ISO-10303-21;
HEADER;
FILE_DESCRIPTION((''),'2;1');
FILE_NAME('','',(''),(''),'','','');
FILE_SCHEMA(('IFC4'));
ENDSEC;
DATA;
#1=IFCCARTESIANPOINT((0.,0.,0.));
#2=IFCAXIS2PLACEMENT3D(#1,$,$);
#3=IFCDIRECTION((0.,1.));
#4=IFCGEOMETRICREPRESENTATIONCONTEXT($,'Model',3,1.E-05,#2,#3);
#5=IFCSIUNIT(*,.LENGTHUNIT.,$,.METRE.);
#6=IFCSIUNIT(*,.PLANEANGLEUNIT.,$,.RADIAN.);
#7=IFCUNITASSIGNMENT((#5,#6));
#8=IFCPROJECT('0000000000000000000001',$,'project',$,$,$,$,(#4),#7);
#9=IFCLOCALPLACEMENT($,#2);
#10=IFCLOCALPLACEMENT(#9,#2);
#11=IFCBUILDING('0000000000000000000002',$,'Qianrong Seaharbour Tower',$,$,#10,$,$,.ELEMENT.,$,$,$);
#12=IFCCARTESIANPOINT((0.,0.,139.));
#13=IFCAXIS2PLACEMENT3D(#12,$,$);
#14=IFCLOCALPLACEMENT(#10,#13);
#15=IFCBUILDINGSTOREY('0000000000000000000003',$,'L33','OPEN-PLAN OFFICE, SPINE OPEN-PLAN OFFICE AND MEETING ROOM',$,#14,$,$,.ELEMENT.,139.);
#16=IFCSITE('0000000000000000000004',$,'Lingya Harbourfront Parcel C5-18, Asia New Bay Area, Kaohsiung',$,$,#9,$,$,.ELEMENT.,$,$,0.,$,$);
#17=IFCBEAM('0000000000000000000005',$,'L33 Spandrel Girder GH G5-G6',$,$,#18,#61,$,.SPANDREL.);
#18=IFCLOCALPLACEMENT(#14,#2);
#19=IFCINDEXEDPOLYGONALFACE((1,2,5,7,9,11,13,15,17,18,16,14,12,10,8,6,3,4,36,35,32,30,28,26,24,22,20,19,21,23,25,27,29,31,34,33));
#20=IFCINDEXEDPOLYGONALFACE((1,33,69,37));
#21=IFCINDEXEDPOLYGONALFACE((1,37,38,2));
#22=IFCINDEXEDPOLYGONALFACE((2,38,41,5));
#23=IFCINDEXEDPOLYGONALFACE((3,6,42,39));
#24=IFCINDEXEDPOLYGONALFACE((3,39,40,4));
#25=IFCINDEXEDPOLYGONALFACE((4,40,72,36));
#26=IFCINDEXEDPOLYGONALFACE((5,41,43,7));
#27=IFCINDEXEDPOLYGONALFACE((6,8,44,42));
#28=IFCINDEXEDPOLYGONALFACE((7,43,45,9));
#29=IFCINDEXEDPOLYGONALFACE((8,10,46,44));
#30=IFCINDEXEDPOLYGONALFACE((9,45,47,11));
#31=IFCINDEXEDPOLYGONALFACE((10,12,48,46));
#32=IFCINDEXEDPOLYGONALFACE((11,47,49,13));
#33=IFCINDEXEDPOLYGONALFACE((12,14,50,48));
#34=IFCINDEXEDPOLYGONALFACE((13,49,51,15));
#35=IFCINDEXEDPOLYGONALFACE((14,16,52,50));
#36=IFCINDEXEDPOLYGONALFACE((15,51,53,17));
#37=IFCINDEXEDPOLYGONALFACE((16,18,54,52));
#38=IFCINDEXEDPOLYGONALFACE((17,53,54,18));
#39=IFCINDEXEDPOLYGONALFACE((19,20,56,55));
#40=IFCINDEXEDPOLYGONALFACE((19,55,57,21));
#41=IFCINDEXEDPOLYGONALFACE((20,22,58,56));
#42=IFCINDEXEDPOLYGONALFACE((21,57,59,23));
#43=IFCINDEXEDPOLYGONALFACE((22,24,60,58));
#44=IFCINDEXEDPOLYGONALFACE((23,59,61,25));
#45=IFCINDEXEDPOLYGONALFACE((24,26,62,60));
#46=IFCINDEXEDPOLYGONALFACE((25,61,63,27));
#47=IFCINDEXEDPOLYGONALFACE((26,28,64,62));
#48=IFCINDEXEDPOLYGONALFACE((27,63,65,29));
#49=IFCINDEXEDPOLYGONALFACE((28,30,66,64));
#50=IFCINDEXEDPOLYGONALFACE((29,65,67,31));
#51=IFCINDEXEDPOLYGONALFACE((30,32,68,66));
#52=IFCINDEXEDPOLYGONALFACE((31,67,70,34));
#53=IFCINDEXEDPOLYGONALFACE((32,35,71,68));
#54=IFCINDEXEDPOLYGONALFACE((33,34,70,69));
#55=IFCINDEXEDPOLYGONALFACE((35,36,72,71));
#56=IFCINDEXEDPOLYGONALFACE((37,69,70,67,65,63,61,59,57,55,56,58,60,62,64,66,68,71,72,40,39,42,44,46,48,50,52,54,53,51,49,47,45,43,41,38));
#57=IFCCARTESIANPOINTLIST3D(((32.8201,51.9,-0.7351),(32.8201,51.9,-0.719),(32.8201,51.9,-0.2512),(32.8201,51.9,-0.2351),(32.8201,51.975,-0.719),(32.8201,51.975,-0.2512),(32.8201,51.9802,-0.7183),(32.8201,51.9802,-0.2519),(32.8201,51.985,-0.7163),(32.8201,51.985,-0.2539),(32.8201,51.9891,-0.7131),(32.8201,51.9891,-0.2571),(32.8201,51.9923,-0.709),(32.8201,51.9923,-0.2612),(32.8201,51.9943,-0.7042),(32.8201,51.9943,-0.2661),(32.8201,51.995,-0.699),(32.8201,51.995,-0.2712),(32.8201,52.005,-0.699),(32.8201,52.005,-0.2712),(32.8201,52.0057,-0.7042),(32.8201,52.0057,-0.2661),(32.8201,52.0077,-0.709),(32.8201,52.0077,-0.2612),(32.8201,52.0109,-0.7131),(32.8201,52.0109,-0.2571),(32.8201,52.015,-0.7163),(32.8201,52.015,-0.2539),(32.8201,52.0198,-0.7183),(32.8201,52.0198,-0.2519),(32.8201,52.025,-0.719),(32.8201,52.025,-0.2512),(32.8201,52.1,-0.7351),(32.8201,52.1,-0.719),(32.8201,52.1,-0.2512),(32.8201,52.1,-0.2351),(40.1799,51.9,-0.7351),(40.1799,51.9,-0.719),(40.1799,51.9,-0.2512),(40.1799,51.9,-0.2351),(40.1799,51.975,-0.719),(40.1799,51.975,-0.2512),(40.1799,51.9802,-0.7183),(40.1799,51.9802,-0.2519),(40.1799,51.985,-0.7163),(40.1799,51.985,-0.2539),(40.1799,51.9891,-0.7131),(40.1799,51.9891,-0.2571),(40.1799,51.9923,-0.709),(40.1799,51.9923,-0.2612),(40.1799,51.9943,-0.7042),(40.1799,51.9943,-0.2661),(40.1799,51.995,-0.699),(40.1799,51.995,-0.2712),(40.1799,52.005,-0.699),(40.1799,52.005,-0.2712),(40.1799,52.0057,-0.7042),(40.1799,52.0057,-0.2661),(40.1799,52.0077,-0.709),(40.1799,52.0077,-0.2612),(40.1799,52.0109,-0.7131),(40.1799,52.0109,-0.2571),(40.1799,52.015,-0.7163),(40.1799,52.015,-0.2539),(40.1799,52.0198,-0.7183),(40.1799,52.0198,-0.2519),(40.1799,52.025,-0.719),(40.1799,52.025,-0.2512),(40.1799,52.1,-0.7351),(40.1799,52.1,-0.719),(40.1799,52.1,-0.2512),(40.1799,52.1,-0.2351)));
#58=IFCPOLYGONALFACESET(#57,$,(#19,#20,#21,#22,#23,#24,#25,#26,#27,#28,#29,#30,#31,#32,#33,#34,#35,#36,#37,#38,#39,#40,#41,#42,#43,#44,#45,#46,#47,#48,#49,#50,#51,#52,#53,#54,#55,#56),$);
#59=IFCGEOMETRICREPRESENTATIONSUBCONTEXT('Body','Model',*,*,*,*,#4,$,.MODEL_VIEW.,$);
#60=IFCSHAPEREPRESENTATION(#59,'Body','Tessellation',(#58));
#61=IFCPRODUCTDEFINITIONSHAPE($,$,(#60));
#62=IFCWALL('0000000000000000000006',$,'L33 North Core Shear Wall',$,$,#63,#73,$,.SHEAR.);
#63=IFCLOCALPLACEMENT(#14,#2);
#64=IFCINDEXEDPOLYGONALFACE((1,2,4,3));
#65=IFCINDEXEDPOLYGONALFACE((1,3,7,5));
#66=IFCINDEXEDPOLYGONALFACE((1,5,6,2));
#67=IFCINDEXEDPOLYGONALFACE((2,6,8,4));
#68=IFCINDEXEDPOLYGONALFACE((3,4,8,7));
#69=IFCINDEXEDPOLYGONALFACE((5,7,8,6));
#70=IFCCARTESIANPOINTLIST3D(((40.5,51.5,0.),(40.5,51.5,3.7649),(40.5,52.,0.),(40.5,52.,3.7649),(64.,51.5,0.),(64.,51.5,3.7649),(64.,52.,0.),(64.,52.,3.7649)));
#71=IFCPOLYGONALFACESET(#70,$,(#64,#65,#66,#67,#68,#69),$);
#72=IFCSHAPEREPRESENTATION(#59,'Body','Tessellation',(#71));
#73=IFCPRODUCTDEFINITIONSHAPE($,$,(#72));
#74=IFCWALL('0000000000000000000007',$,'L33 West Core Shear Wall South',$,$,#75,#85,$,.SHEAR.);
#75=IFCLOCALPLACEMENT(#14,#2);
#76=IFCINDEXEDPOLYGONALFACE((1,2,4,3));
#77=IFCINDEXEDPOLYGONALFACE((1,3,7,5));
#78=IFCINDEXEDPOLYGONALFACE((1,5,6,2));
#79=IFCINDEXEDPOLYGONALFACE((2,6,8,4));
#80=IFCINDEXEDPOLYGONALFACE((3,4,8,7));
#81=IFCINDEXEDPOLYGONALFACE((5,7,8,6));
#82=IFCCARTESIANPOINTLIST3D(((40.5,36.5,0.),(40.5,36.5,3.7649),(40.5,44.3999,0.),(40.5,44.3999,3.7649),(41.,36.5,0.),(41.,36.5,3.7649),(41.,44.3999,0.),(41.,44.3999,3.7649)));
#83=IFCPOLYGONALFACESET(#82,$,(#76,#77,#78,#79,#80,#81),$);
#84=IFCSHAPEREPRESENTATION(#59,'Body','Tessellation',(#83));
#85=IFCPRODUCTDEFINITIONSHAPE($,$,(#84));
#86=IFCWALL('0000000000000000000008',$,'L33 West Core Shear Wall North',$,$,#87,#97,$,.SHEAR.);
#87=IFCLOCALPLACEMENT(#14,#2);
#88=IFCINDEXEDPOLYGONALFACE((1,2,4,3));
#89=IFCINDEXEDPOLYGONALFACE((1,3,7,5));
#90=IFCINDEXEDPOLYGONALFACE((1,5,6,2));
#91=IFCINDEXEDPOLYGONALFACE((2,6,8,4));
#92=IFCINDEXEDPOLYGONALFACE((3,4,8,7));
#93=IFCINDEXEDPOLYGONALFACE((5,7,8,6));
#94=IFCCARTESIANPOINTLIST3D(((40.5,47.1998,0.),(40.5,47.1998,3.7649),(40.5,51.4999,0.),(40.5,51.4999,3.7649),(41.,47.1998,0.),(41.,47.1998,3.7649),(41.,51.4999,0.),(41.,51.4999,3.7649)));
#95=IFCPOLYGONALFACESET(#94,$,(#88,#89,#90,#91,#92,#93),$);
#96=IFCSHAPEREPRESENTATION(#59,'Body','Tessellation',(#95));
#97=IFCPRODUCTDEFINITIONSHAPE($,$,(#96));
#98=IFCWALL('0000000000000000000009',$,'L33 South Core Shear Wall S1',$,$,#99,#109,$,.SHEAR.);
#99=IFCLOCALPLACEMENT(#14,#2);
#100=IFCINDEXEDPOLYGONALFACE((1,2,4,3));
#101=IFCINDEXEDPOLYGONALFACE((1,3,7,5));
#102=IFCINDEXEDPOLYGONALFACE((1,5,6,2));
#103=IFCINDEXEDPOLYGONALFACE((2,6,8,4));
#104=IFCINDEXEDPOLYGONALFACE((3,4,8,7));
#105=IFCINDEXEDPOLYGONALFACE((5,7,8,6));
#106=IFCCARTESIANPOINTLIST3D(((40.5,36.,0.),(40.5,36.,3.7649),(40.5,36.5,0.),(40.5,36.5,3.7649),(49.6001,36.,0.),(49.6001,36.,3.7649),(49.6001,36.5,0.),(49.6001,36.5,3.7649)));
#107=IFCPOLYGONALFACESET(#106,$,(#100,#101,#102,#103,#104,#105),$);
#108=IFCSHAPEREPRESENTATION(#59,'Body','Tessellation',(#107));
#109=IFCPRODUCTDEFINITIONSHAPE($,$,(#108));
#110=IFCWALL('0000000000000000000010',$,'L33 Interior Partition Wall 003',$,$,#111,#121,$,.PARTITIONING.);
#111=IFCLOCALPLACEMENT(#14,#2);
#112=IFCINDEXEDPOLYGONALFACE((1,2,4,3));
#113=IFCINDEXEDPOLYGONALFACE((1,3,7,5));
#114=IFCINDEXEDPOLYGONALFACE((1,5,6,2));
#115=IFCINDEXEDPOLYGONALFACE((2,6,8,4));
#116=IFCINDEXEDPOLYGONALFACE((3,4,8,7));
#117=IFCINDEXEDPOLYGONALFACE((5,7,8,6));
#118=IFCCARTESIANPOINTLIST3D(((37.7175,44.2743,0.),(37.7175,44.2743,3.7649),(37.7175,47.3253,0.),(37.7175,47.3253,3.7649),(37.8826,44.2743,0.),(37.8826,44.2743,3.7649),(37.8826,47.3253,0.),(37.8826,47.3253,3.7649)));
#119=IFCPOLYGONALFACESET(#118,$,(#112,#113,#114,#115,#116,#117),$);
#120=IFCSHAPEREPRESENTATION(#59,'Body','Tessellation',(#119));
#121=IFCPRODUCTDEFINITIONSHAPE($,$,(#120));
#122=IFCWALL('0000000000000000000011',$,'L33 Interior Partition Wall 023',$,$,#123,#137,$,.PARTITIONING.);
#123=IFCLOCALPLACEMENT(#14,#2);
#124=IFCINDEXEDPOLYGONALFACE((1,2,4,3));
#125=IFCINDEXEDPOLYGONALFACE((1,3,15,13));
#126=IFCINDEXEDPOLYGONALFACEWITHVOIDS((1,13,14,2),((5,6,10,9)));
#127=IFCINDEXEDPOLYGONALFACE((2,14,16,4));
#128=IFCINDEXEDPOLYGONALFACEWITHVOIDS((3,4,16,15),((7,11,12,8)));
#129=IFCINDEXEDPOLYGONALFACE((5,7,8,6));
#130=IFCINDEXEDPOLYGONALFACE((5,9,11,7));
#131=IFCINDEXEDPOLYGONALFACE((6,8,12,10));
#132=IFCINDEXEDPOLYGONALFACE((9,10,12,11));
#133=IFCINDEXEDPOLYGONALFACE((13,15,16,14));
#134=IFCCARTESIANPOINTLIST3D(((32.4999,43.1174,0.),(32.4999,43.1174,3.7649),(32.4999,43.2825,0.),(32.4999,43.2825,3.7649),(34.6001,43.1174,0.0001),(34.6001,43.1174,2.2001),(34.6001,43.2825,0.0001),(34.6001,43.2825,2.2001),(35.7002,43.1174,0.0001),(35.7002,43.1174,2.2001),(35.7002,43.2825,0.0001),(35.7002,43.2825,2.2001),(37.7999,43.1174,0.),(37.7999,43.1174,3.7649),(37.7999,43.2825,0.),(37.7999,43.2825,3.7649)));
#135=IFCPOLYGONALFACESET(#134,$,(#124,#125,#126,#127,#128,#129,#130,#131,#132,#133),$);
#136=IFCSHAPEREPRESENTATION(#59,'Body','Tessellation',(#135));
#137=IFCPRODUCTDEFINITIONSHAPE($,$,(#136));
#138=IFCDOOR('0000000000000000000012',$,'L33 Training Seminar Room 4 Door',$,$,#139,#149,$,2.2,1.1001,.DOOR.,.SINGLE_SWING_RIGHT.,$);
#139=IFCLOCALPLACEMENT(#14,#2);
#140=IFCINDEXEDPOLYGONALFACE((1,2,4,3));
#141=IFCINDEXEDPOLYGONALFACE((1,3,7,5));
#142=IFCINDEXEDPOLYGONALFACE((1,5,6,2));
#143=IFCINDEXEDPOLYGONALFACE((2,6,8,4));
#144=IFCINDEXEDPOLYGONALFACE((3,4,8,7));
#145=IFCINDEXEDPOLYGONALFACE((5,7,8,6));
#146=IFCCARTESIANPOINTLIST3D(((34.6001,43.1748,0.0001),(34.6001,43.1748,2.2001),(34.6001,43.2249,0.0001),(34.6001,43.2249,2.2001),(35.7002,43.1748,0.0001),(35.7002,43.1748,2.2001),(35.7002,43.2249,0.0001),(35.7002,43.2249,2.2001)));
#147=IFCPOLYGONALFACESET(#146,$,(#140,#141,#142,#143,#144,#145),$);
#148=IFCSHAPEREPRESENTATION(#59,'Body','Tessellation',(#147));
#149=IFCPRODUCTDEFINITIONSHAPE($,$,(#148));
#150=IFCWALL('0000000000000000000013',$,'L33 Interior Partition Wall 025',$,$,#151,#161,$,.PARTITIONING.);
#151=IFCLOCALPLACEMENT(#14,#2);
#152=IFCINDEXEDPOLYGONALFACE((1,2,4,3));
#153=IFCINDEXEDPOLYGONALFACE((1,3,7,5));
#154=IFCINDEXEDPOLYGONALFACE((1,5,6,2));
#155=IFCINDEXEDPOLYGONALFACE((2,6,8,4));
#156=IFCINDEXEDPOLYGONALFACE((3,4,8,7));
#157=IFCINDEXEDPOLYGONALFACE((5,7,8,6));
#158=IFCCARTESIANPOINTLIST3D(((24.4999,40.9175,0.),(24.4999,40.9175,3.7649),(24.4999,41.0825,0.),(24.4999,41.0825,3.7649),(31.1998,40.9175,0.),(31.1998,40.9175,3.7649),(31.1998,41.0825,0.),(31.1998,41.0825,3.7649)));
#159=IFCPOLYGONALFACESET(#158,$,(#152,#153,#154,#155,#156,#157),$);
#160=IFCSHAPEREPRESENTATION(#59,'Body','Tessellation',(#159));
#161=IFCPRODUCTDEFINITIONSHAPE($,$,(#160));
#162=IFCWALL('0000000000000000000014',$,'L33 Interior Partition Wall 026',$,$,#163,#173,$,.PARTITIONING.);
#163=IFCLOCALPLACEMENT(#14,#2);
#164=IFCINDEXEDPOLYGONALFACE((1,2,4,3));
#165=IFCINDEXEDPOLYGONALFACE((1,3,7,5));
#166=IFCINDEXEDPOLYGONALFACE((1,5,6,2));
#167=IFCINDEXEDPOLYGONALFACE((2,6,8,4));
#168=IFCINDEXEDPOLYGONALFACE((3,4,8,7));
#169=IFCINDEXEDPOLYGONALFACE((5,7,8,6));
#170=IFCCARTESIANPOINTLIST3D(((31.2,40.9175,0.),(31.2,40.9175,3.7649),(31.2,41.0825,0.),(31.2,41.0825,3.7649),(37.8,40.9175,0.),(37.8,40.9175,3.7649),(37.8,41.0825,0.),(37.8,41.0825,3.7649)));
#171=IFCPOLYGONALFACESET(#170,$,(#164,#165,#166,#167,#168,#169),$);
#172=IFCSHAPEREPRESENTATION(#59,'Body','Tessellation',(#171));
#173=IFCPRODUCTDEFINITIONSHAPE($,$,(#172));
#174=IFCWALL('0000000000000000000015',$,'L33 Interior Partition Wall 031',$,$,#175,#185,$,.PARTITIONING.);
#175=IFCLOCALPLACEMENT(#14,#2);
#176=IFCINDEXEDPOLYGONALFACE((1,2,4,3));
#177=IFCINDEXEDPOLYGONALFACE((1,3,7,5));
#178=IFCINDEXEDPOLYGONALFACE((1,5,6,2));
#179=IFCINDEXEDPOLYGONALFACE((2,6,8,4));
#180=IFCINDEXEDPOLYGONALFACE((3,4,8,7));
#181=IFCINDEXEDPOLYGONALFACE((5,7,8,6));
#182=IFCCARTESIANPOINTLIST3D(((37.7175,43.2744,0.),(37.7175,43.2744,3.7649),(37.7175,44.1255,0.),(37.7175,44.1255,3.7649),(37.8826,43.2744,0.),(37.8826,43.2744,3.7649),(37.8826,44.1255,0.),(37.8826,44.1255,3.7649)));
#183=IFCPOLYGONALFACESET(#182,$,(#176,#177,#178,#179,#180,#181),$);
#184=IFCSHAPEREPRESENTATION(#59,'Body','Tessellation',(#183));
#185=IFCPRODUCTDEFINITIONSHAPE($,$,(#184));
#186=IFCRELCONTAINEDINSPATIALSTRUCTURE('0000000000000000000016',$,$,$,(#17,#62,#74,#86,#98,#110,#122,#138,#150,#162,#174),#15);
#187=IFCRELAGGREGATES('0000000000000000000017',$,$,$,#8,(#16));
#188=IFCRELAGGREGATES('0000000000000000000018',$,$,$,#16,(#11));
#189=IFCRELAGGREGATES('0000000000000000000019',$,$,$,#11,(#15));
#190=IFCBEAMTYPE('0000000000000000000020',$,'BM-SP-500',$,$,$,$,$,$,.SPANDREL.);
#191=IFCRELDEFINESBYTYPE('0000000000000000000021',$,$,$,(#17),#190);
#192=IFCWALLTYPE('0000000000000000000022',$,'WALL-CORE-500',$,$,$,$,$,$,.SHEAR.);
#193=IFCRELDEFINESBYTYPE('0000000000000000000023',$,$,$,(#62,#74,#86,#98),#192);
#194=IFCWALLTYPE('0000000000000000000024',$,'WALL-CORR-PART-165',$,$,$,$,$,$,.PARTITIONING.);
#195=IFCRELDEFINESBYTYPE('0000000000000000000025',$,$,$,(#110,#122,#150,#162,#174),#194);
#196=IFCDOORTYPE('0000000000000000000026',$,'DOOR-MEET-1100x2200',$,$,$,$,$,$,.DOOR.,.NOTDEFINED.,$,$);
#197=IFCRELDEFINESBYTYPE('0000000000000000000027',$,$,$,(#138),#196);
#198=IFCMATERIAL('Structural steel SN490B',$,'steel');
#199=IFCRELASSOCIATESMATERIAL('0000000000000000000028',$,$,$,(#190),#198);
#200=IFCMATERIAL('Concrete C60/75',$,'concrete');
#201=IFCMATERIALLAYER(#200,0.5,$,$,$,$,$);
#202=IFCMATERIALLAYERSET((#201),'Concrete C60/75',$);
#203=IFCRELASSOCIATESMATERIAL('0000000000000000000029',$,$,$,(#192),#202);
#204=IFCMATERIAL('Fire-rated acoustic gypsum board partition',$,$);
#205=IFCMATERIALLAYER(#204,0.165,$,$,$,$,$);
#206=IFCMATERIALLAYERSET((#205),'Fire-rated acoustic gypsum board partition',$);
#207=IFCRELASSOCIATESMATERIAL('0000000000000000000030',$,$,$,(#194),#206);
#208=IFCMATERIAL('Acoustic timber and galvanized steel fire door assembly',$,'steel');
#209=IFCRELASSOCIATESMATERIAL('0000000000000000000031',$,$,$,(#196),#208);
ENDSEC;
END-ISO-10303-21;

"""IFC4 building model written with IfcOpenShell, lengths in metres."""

from ifc_helpers import new_model, si_unit, direction, frame, frame_2d, origin, origin_2d, place, context, subcontext, project, spatial, rectangle, i_section, extrude, material, layer, layer_set, material_profile, profile_set, type_object, element, fill, save


model = new_model("IFC4")

# Units and contexts
model_context = context("Model", 3, precision=1e-05, world=origin(), true_north=direction((0.0, 1.0)))
body_context = subcontext(model_context, "Body", "Model", "MODEL_VIEW")
ifc_project = project(units=[si_unit("LENGTHUNIT", "METRE"), si_unit("PLANEANGLEUNIT", "RADIAN")], contexts=[model_context])

# Site, building, storey
site_placement = place(None, origin())
site = spatial("IfcSite", under=ifc_project, at=site_placement, Name="Lingya Harbourfront Parcel C5-18, Asia New Bay Area, Kaohsiung", CompositionType="ELEMENT", RefElevation=0.0)
building_placement = place(site_placement, origin())
building = spatial("IfcBuilding", under=site, at=building_placement, Name="Qianrong Seaharbour Tower", CompositionType="ELEMENT")
storey_placement = place(building_placement, frame((0.0, 0.0, 139.0)))
storey = spatial("IfcBuildingStorey", under=building, at=storey_placement, Name="L33", Description="OPEN-PLAN OFFICE, SPINE OPEN-PLAN OFFICE AND MEETING ROOM", CompositionType="ELEMENT", Elevation=139.0)

# Shared definitions
ifc_material_1 = material(Name="Structural steel SN490B", Category="steel")

# Beam
ifc_material_profile_1 = material_profile(ifc_material_1, i_section(OverallWidth=0.2, OverallDepth=0.5, WebThickness=0.01, FlangeThickness=0.0161, FilletRadius=0.02, at=origin_2d()), Name="H500x200x10x16")
ifc_profile_set_1 = profile_set([ifc_material_profile_1], Name="Structural steel SN490B")
beam_type_1 = type_object("IfcBeamType", Name="BM-SP-500", PredefinedType="SPANDREL", material=ifc_profile_set_1)
for number, where, z_axis, x_axis, name in (
    (1, (32.8201, 52.0, -0.4851), (1.0, 0.0, 0.0), (0.0, 1.0, 0.0), "L33 Spandrel Girder GH G5-G6"),
):
    element("IfcBeam", number, at=place(storey_placement, frame(where, z_axis=z_axis, x_axis=x_axis)), inside=storey, type_object=beam_type_1, Name=name, PredefinedType="SPANDREL", context=body_context, shape_type="SweptSolid", body=[
        extrude(i_section(OverallWidth=0.2, OverallDepth=0.5, WebThickness=0.01, FlangeThickness=0.0161, FilletRadius=0.02, at=origin_2d()), origin(), (0.0, 0.0, 1.0), 7.3599),
    ])

# Walls
ifc_material_2 = material(Name="Concrete C60/75", Category="concrete")
ifc_layer_1 = layer(ifc_material_2, 0.5)
ifc_layer_set_1 = layer_set([ifc_layer_1], Name="Concrete C60/75")
wall_type_1 = type_object("IfcWallType", Name="WALL-CORE-500", PredefinedType="SHEAR", material=ifc_layer_set_1)
wall_1_placement = place(storey_placement, frame((40.5, 51.75, 0.0), z_axis=(0.0, 0.0, 1.0), x_axis=(1.0, 0.0, 0.0)))
element("IfcWall", 2, at=wall_1_placement, inside=storey, type_object=wall_type_1, Name="L33 North Core Shear Wall", PredefinedType="SHEAR", context=body_context, shape_type="SweptSolid", body=[
    extrude(rectangle(XDim=23.5, YDim=0.5, at=frame_2d((11.75, 0.0))), origin(), (0.0, 0.0, 1.0), 3.7649),
])
wall_2_placement = place(storey_placement, frame((40.75, 36.5, 0.0), z_axis=(0.0, 0.0, 1.0), x_axis=(0.0, 1.0, 0.0)))
element("IfcWall", 3, at=wall_2_placement, inside=storey, type_object=wall_type_1, Name="L33 West Core Shear Wall South", PredefinedType="SHEAR", context=body_context, shape_type="SweptSolid", body=[
    extrude(rectangle(XDim=7.8999, YDim=0.5, at=frame_2d((3.95, 0.0))), origin(), (0.0, 0.0, 1.0), 3.7649),
])
wall_3_placement = place(storey_placement, frame((40.75, 47.2, 0.0), z_axis=(0.0, 0.0, 1.0), x_axis=(0.0, 1.0, 0.0)))
element("IfcWall", 4, at=wall_3_placement, inside=storey, type_object=wall_type_1, Name="L33 West Core Shear Wall North", PredefinedType="SHEAR", context=body_context, shape_type="SweptSolid", body=[
    extrude(rectangle(XDim=4.3, YDim=0.5, at=frame_2d((2.1499, 0.0))), origin(), (0.0, 0.0, 1.0), 3.7649),
])
wall_4_placement = place(storey_placement, frame((40.5, 36.25, 0.0), z_axis=(0.0, 0.0, 1.0), x_axis=(1.0, 0.0, 0.0)))
element("IfcWall", 5, at=wall_4_placement, inside=storey, type_object=wall_type_1, Name="L33 South Core Shear Wall S1", PredefinedType="SHEAR", context=body_context, shape_type="SweptSolid", body=[
    extrude(rectangle(XDim=9.1001, YDim=0.5, at=frame_2d((4.55, 0.0))), origin(), (0.0, 0.0, 1.0), 3.7649),
])

# Shared definitions
ifc_material_3 = material(Name="Fire-rated acoustic gypsum board partition")
ifc_layer_2 = layer(ifc_material_3, 0.165)
ifc_layer_set_2 = layer_set([ifc_layer_2], Name="Fire-rated acoustic gypsum board partition")
wall_type_2 = type_object("IfcWallType", Name="WALL-CORR-PART-165", PredefinedType="PARTITIONING", material=ifc_layer_set_2)
ifc_material_4 = material(Name="Acoustic timber and galvanized steel fire door assembly", Category="steel")

# Wall
wall_5_placement = place(storey_placement, frame((37.8, 44.2744, 0.0), z_axis=(0.0, 0.0, 1.0), x_axis=(0.0, 1.0, 0.0)))
element("IfcWall", 6, at=wall_5_placement, inside=storey, type_object=wall_type_2, Name="L33 Interior Partition Wall 003", PredefinedType="PARTITIONING", context=body_context, shape_type="SweptSolid", body=[
    extrude(rectangle(XDim=3.051, YDim=0.165, at=frame_2d((1.5254, 0.0))), origin(), (0.0, 0.0, 1.0), 3.7649),
])

# Wall, opening, door
wall_6_placement = place(storey_placement, frame((32.5, 43.2, 0.0), z_axis=(0.0, 0.0, 1.0), x_axis=(1.0, 0.0, 0.0)))
wall_6 = element("IfcWall", 7, at=wall_6_placement, inside=storey, type_object=wall_type_2, Name="L33 Interior Partition Wall 023", PredefinedType="PARTITIONING", context=body_context, shape_type="SweptSolid", body=[
    extrude(rectangle(XDim=5.3, YDim=0.165, at=frame_2d((2.6499, 0.0))), origin(), (0.0, 0.0, 1.0), 3.7649),
])
opening_1_placement = place(wall_6_placement, frame((2.1001, 0.0, 0.0)))
opening_1 = element("IfcOpeningElement", 8, at=opening_1_placement, cuts=wall_6, PredefinedType="OPENING", context=body_context, shape_type="SweptSolid", body=[
    extrude(rectangle(XDim=1.1001, YDim=2.2, at=frame_2d((0.55, 1.1001))), frame((0.0, 0.0925, 0.0), z_axis=(0.0, -1.0, 0.0), x_axis=(1.0, 0.0, 0.0)), (0.0, 0.0, 1.0), 0.1851),
])
door_type_1 = type_object("IfcDoorType", Name="DOOR-MEET-1100x2200", OperationType="NOTDEFINED", PredefinedType="DOOR", material=ifc_material_4)
door_1_placement = place(opening_1_placement, origin())
door_1 = element("IfcDoor", 9, at=door_1_placement, inside=storey, type_object=door_type_1, Name="L33 Training Seminar Room 4 Door", OperationType="SINGLE_SWING_RIGHT", OverallHeight=2.2, OverallWidth=1.1001, PredefinedType="DOOR", context=body_context, shape_type="SweptSolid", body=[
    extrude(rectangle(XDim=1.1001, YDim=2.2, at=frame_2d((0.55, 1.1001))), frame((0.0, 0.0249, 0.0), z_axis=(0.0, -1.0, 0.0), x_axis=(1.0, 0.0, 0.0)), (0.0, 0.0, 1.0), 0.05),
])
fill(opening_1, door_1)

# Walls
wall_7_placement = place(storey_placement, frame((31.2, 41.0, 0.0), z_axis=(0.0, 0.0, 1.0), x_axis=(-1.0, 0.0, 0.0)))
element("IfcWall", 10, at=wall_7_placement, inside=storey, type_object=wall_type_2, Name="L33 Interior Partition Wall 025", PredefinedType="PARTITIONING", context=body_context, shape_type="SweptSolid", body=[
    extrude(rectangle(XDim=6.7, YDim=0.165, at=frame_2d((3.3501, 0.0))), origin(), (0.0, 0.0, 1.0), 3.7649),
])
wall_8_placement = place(storey_placement, frame((37.8, 41.0, 0.0), z_axis=(0.0, 0.0, 1.0), x_axis=(-1.0, 0.0, 0.0)))
element("IfcWall", 11, at=wall_8_placement, inside=storey, type_object=wall_type_2, Name="L33 Interior Partition Wall 026", PredefinedType="PARTITIONING", context=body_context, shape_type="SweptSolid", body=[
    extrude(rectangle(XDim=6.6001, YDim=0.165, at=frame_2d((3.3, 0.0))), origin(), (0.0, 0.0, 1.0), 3.7649),
])
wall_9_placement = place(storey_placement, frame((37.8, 43.2744, 0.0), z_axis=(0.0, 0.0, 1.0), x_axis=(0.0, 1.0, 0.0)))
element("IfcWall", 12, at=wall_9_placement, inside=storey, type_object=wall_type_2, Name="L33 Interior Partition Wall 031", PredefinedType="PARTITIONING", context=body_context, shape_type="SweptSolid", body=[
    extrude(rectangle(XDim=0.8511, YDim=0.165, at=frame_2d((0.4255, 0.0))), origin(), (0.0, 0.0, 1.0), 3.7649),
])

save(model, "model.ifc")
